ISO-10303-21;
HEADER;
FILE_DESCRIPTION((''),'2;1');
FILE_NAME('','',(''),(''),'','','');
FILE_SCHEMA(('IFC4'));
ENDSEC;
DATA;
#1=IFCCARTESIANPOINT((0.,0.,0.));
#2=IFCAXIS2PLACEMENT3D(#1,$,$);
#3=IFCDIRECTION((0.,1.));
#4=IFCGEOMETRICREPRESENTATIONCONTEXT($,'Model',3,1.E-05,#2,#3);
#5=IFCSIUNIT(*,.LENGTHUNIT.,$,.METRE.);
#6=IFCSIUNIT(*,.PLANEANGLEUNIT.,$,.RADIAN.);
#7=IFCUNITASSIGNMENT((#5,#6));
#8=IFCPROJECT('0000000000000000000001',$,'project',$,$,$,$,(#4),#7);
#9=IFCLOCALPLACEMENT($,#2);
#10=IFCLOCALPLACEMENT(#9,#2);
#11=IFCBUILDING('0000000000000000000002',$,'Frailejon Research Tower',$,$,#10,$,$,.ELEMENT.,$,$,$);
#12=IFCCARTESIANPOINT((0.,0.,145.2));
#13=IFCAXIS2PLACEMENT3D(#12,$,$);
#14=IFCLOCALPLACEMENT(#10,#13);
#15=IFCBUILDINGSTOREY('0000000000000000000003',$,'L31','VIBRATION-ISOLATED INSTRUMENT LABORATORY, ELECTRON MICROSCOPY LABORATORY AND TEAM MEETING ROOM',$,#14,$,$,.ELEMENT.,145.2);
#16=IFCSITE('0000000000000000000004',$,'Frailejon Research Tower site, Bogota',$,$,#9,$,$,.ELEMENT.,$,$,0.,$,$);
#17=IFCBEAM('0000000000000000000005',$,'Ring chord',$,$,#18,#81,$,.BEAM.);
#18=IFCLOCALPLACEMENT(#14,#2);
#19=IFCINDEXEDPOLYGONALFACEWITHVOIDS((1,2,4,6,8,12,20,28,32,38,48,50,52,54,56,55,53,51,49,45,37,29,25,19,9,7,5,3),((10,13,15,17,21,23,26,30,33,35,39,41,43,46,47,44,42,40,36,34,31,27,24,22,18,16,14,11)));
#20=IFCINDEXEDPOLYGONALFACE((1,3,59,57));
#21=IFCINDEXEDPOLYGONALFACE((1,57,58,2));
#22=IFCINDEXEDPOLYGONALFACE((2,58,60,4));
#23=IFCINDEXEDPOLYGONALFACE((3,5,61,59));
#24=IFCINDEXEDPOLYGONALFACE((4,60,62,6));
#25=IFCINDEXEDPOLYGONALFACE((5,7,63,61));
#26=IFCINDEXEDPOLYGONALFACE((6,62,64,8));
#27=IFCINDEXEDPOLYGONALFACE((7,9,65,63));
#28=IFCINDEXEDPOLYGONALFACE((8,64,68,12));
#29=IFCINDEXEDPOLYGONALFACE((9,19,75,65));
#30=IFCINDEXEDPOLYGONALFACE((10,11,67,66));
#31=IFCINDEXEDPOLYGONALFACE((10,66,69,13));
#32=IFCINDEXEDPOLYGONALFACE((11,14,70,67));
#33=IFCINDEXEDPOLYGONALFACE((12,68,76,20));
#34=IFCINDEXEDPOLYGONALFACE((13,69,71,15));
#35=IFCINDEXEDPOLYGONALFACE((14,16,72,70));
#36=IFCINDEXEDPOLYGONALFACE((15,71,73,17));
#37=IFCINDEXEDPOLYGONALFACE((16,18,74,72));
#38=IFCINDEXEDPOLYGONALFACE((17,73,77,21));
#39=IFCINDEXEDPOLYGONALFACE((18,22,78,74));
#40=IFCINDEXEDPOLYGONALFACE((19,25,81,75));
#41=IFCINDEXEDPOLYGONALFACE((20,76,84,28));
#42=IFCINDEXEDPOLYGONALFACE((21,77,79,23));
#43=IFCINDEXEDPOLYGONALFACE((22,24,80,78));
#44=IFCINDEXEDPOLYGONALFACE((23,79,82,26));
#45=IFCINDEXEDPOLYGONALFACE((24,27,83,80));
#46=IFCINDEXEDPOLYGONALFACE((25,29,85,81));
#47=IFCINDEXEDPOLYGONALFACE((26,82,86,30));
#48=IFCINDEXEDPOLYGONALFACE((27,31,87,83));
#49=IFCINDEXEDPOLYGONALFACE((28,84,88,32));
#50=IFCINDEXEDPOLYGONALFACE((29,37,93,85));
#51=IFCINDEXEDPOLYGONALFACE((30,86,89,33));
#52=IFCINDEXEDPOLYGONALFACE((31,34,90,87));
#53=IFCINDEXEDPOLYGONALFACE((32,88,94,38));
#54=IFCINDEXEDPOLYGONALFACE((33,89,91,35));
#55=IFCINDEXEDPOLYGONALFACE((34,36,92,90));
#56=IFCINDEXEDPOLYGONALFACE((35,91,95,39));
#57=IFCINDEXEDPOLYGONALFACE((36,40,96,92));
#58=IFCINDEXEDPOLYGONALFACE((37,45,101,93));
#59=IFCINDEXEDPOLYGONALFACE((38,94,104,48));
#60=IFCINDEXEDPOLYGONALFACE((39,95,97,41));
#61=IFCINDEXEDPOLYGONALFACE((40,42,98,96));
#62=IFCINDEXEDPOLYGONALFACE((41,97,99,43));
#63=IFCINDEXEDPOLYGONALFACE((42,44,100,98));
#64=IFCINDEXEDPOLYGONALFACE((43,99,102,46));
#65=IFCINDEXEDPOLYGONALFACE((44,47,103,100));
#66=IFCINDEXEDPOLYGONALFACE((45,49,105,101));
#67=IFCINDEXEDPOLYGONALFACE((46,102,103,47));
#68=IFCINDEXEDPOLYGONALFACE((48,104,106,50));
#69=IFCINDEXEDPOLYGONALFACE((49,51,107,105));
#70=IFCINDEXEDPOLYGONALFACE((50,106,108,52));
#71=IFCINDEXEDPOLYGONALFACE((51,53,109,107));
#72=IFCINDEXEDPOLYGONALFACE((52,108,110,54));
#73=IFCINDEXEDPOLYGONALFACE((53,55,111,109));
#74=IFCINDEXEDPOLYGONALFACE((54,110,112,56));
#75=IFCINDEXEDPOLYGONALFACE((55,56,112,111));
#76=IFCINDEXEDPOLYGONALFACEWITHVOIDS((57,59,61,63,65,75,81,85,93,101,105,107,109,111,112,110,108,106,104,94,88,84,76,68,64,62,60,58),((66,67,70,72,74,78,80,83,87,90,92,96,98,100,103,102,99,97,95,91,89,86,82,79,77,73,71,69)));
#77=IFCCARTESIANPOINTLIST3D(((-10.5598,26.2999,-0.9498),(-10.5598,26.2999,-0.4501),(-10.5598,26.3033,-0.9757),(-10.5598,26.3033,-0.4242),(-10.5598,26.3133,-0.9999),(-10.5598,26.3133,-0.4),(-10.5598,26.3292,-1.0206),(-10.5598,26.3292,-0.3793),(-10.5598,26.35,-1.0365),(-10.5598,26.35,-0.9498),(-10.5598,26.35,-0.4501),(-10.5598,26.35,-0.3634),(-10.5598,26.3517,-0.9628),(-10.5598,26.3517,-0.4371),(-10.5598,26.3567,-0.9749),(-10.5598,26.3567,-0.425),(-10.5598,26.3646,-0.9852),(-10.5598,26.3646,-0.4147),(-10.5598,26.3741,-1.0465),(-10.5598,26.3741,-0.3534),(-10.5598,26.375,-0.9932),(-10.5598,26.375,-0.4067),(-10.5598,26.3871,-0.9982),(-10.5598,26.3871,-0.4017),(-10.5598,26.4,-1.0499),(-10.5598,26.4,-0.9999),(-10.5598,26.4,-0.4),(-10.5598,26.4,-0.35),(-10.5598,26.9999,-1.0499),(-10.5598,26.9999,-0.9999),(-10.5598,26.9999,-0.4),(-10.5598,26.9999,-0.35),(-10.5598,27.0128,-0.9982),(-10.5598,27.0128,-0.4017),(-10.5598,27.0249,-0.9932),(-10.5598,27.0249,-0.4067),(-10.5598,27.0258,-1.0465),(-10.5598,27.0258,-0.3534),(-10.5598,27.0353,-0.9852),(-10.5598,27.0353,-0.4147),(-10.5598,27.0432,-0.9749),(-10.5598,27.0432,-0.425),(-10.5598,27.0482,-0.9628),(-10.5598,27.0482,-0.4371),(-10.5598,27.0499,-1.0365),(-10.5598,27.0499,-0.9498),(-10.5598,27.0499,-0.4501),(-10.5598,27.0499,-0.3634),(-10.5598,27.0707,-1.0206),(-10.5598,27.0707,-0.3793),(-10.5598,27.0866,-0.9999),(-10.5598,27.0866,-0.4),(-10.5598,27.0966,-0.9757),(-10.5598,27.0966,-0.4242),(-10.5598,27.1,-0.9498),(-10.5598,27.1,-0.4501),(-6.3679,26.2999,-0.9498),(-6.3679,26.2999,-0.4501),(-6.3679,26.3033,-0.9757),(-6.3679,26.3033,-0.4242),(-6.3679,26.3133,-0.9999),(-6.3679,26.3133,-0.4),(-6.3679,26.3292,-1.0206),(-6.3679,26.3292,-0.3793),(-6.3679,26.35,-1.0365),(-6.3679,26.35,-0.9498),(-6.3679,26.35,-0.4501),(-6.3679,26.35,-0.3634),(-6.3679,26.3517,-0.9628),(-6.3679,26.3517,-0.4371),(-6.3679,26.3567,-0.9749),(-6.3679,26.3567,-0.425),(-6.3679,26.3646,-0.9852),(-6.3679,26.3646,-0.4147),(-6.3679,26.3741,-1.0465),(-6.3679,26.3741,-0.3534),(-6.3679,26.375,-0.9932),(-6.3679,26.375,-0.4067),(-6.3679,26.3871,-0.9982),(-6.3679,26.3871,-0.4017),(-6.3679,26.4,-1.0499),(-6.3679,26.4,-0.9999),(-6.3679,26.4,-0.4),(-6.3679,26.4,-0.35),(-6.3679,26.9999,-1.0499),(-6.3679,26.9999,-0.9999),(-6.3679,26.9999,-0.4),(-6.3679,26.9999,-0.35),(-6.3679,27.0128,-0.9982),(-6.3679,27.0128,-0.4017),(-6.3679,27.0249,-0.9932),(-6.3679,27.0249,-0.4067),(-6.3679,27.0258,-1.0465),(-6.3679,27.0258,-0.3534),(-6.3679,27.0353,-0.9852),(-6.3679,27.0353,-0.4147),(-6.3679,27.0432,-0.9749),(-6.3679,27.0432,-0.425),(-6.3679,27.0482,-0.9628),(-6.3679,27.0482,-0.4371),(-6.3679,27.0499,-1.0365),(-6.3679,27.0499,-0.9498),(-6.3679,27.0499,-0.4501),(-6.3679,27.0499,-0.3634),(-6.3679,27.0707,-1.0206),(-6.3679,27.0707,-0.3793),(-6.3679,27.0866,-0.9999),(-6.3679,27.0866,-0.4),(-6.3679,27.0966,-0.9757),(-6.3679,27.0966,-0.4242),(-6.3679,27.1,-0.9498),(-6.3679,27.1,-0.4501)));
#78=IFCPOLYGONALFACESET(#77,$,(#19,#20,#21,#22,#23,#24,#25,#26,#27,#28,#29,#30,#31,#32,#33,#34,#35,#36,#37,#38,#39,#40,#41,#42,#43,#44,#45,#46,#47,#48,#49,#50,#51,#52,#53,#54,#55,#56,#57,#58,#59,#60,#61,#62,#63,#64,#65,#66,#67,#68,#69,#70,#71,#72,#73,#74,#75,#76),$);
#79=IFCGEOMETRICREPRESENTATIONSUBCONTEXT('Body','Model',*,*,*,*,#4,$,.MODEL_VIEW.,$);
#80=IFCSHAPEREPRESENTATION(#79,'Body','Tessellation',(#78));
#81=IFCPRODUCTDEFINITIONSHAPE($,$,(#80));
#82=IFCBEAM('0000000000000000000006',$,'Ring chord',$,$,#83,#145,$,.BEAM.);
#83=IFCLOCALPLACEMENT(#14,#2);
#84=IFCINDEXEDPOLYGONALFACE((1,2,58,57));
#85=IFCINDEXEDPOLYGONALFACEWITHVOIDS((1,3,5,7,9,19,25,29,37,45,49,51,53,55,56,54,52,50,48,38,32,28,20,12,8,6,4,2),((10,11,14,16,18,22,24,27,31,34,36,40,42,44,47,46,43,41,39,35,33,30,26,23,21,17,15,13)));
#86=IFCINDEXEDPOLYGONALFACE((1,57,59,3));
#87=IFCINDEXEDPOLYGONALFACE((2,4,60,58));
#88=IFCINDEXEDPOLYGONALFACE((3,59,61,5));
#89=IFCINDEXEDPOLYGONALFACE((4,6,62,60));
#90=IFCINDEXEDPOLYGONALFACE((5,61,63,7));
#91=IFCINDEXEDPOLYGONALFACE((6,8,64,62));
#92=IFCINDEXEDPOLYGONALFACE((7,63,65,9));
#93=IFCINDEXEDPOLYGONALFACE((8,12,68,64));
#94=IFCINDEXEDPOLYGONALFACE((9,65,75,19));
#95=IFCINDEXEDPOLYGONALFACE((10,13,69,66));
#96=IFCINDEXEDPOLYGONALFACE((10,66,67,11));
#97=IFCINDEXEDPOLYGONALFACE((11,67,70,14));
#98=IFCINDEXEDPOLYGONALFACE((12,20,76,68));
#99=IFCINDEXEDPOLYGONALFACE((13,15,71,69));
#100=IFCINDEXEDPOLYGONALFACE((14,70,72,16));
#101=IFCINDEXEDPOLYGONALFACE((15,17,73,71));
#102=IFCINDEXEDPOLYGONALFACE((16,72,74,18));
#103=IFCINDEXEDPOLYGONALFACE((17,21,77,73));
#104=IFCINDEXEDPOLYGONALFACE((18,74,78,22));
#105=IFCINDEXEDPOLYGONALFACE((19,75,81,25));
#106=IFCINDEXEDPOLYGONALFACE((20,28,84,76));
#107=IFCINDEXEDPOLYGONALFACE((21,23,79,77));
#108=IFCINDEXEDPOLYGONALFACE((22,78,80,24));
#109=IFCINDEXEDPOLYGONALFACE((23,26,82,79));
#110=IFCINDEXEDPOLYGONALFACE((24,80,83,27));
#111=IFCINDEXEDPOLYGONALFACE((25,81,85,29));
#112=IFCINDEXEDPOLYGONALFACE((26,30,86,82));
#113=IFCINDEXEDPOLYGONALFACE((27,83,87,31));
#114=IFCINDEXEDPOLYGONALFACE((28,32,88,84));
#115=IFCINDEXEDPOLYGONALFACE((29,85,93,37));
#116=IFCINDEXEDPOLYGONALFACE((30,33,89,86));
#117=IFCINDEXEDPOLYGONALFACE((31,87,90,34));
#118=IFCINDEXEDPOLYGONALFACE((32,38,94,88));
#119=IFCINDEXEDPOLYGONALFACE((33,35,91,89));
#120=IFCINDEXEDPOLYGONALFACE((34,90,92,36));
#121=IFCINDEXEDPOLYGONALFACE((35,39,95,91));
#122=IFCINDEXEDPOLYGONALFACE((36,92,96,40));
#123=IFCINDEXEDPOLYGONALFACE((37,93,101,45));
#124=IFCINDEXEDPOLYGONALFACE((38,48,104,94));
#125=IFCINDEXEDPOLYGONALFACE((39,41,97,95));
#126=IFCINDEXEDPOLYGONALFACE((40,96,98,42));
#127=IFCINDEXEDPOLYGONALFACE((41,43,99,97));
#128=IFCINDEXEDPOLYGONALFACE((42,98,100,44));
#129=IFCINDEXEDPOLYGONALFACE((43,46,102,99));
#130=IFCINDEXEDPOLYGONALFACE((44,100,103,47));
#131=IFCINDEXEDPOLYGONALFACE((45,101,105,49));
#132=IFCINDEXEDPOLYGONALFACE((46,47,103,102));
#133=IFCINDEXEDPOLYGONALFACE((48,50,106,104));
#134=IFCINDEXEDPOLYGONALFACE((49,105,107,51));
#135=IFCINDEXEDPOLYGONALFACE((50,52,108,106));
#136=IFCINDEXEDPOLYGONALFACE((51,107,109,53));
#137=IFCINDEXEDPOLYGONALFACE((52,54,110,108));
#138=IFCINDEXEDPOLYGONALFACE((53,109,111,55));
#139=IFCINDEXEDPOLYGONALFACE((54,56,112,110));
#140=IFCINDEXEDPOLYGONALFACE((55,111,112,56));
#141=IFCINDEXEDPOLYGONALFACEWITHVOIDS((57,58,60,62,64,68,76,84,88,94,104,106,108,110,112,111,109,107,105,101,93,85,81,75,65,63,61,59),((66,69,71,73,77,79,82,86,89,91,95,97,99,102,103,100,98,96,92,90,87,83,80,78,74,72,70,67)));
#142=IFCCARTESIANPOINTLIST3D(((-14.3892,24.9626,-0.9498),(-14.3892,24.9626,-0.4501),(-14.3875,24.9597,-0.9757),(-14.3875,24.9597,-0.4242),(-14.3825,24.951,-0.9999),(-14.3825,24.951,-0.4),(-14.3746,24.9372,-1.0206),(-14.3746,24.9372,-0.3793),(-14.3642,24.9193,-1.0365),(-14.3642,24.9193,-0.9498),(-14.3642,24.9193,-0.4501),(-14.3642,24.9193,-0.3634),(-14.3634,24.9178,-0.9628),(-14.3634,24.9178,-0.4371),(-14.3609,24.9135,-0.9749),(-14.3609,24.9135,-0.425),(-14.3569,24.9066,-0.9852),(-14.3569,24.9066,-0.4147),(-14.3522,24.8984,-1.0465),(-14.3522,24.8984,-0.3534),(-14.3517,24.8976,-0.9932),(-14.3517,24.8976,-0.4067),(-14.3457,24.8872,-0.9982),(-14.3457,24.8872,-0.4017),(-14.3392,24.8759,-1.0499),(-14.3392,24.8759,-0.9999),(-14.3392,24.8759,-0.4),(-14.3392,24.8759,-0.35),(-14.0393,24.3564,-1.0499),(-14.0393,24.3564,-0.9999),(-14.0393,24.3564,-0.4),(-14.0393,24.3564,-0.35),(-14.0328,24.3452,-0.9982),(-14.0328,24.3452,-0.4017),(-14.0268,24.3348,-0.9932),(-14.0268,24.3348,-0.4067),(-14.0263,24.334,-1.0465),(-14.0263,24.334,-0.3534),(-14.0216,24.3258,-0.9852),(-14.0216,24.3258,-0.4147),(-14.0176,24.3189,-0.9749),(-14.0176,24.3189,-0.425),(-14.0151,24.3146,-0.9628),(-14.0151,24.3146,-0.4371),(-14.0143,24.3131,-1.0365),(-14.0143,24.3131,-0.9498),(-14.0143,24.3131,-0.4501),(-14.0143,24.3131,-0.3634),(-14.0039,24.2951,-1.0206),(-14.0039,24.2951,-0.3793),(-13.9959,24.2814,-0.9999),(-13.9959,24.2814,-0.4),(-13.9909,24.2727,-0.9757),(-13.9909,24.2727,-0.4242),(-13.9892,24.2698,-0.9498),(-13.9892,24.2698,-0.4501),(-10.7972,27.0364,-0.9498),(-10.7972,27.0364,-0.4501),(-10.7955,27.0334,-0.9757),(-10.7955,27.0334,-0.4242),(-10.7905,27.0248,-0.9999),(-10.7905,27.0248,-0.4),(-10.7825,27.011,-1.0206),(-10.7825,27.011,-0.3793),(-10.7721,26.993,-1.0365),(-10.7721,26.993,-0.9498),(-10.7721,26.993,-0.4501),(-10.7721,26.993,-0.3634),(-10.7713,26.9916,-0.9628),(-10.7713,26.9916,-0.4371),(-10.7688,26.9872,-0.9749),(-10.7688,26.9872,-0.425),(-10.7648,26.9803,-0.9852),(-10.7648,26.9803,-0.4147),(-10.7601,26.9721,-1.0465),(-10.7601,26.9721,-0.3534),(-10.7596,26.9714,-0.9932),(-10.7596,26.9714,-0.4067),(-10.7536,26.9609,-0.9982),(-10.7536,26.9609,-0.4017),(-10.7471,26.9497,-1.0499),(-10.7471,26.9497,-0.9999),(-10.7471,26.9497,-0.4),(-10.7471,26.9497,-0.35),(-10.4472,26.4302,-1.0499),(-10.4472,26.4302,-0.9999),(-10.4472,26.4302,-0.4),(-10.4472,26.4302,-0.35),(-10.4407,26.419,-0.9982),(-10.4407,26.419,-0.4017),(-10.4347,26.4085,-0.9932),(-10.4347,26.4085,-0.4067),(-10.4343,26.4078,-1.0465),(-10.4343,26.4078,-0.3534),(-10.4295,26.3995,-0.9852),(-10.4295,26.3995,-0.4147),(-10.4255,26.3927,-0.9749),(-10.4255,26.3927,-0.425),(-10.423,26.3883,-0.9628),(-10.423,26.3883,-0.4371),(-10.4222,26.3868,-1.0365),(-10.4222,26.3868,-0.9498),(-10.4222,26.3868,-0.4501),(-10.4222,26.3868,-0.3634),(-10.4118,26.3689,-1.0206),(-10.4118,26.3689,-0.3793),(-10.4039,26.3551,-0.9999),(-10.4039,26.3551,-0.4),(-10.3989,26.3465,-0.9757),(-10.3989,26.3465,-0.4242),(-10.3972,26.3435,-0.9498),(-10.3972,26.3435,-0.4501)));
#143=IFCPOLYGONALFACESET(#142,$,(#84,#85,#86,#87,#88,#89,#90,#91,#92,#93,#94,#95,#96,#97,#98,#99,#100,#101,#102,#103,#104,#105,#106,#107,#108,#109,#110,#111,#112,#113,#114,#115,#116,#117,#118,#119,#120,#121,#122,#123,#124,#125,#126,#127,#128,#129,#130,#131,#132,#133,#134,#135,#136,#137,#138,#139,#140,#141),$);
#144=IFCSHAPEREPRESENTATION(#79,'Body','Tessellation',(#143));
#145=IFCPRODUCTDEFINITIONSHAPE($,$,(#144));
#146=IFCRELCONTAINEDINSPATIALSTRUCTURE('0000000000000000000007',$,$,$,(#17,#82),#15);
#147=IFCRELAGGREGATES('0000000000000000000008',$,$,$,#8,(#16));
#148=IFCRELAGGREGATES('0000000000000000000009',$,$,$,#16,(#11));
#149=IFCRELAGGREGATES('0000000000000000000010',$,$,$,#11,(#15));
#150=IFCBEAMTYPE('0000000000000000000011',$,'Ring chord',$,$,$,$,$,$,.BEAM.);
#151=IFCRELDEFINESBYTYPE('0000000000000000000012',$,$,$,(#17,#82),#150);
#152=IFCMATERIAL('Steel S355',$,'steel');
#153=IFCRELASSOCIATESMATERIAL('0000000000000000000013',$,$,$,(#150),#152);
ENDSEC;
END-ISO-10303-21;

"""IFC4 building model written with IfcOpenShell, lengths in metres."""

from ifc_helpers import new_model, si_unit, direction, frame, origin, origin_2d, place, context, subcontext, project, spatial, hollow_rectangle, extrude, material, material_profile, profile_set, type_object, element, save


model = new_model("IFC4")

# Units and contexts
model_context = context("Model", 3, precision=1e-05, world=origin(), true_north=direction((0.0, 1.0)))
body_context = subcontext(model_context, "Body", "Model", "MODEL_VIEW")
ifc_project = project(units=[si_unit("LENGTHUNIT", "METRE"), si_unit("PLANEANGLEUNIT", "RADIAN")], contexts=[model_context])

# Site, building, storey
site_placement = place(None, origin())
site = spatial("IfcSite", under=ifc_project, at=site_placement, Name="Frailejon Research Tower site, Bogota", CompositionType="ELEMENT", RefElevation=0.0)
building_placement = place(site_placement, origin())
building = spatial("IfcBuilding", under=site, at=building_placement, Name="Frailejon Research Tower", CompositionType="ELEMENT")
storey_placement = place(building_placement, frame((0.0, 0.0, 145.2)))
storey = spatial("IfcBuildingStorey", under=building, at=storey_placement, Name="L31", Description="VIBRATION-ISOLATED INSTRUMENT LABORATORY, ELECTRON MICROSCOPY LABORATORY AND TEAM MEETING ROOM", CompositionType="ELEMENT", Elevation=145.2)

# Beams
ifc_material_1 = material(Name="Steel S355", Category="steel")
ifc_material_profile_1 = material_profile(ifc_material_1, hollow_rectangle(XDim=0.8, YDim=0.7, WallThickness=0.05, InnerFilletRadius=0.05, OuterFilletRadius=0.1001, at=origin_2d()), Name="Ring chord")
ifc_profile_set_1 = profile_set([ifc_material_profile_1], Name="Steel S355")
beam_type_1 = type_object("IfcBeamType", Name="Ring chord", PredefinedType="BEAM", material=ifc_profile_set_1)
for number, where, z_axis, x_axis, name in (
    (1, (-6.3679, 26.7, -0.7), (-1.0, 0.0, 0.0), (0.0, -1.0, 0.0), "Ring chord"),
):
    element("IfcBeam", number, at=place(storey_placement, frame(where, z_axis=z_axis, x_axis=x_axis)), inside=storey, type_object=beam_type_1, Name=name, PredefinedType="BEAM", context=body_context, shape_type="SweptSolid", body=[
        extrude(hollow_rectangle(XDim=0.8, YDim=0.7, WallThickness=0.05, InnerFilletRadius=0.05, OuterFilletRadius=0.1001, at=origin_2d()), origin(), (0.0, 0.0, 1.0), 4.1919),
    ])
for number, where, z_axis, x_axis, name in (
    (2, (-10.5972, 26.6899, -0.7), (-0.86604, -0.499976, 0.0), (0.499976, -0.86604, 0.0), "Ring chord"),
):
    element("IfcBeam", number, at=place(storey_placement, frame(where, z_axis=z_axis, x_axis=x_axis)), inside=storey, type_object=beam_type_1, Name=name, PredefinedType="BEAM", context=body_context, shape_type="SweptSolid", body=[
        extrude(hollow_rectangle(XDim=0.8, YDim=0.7, WallThickness=0.05, InnerFilletRadius=0.05, OuterFilletRadius=0.1001, at=origin_2d()), origin(), (0.0, 0.0, 1.0), 4.1477),
    ])

save(model, "model.ifc")
